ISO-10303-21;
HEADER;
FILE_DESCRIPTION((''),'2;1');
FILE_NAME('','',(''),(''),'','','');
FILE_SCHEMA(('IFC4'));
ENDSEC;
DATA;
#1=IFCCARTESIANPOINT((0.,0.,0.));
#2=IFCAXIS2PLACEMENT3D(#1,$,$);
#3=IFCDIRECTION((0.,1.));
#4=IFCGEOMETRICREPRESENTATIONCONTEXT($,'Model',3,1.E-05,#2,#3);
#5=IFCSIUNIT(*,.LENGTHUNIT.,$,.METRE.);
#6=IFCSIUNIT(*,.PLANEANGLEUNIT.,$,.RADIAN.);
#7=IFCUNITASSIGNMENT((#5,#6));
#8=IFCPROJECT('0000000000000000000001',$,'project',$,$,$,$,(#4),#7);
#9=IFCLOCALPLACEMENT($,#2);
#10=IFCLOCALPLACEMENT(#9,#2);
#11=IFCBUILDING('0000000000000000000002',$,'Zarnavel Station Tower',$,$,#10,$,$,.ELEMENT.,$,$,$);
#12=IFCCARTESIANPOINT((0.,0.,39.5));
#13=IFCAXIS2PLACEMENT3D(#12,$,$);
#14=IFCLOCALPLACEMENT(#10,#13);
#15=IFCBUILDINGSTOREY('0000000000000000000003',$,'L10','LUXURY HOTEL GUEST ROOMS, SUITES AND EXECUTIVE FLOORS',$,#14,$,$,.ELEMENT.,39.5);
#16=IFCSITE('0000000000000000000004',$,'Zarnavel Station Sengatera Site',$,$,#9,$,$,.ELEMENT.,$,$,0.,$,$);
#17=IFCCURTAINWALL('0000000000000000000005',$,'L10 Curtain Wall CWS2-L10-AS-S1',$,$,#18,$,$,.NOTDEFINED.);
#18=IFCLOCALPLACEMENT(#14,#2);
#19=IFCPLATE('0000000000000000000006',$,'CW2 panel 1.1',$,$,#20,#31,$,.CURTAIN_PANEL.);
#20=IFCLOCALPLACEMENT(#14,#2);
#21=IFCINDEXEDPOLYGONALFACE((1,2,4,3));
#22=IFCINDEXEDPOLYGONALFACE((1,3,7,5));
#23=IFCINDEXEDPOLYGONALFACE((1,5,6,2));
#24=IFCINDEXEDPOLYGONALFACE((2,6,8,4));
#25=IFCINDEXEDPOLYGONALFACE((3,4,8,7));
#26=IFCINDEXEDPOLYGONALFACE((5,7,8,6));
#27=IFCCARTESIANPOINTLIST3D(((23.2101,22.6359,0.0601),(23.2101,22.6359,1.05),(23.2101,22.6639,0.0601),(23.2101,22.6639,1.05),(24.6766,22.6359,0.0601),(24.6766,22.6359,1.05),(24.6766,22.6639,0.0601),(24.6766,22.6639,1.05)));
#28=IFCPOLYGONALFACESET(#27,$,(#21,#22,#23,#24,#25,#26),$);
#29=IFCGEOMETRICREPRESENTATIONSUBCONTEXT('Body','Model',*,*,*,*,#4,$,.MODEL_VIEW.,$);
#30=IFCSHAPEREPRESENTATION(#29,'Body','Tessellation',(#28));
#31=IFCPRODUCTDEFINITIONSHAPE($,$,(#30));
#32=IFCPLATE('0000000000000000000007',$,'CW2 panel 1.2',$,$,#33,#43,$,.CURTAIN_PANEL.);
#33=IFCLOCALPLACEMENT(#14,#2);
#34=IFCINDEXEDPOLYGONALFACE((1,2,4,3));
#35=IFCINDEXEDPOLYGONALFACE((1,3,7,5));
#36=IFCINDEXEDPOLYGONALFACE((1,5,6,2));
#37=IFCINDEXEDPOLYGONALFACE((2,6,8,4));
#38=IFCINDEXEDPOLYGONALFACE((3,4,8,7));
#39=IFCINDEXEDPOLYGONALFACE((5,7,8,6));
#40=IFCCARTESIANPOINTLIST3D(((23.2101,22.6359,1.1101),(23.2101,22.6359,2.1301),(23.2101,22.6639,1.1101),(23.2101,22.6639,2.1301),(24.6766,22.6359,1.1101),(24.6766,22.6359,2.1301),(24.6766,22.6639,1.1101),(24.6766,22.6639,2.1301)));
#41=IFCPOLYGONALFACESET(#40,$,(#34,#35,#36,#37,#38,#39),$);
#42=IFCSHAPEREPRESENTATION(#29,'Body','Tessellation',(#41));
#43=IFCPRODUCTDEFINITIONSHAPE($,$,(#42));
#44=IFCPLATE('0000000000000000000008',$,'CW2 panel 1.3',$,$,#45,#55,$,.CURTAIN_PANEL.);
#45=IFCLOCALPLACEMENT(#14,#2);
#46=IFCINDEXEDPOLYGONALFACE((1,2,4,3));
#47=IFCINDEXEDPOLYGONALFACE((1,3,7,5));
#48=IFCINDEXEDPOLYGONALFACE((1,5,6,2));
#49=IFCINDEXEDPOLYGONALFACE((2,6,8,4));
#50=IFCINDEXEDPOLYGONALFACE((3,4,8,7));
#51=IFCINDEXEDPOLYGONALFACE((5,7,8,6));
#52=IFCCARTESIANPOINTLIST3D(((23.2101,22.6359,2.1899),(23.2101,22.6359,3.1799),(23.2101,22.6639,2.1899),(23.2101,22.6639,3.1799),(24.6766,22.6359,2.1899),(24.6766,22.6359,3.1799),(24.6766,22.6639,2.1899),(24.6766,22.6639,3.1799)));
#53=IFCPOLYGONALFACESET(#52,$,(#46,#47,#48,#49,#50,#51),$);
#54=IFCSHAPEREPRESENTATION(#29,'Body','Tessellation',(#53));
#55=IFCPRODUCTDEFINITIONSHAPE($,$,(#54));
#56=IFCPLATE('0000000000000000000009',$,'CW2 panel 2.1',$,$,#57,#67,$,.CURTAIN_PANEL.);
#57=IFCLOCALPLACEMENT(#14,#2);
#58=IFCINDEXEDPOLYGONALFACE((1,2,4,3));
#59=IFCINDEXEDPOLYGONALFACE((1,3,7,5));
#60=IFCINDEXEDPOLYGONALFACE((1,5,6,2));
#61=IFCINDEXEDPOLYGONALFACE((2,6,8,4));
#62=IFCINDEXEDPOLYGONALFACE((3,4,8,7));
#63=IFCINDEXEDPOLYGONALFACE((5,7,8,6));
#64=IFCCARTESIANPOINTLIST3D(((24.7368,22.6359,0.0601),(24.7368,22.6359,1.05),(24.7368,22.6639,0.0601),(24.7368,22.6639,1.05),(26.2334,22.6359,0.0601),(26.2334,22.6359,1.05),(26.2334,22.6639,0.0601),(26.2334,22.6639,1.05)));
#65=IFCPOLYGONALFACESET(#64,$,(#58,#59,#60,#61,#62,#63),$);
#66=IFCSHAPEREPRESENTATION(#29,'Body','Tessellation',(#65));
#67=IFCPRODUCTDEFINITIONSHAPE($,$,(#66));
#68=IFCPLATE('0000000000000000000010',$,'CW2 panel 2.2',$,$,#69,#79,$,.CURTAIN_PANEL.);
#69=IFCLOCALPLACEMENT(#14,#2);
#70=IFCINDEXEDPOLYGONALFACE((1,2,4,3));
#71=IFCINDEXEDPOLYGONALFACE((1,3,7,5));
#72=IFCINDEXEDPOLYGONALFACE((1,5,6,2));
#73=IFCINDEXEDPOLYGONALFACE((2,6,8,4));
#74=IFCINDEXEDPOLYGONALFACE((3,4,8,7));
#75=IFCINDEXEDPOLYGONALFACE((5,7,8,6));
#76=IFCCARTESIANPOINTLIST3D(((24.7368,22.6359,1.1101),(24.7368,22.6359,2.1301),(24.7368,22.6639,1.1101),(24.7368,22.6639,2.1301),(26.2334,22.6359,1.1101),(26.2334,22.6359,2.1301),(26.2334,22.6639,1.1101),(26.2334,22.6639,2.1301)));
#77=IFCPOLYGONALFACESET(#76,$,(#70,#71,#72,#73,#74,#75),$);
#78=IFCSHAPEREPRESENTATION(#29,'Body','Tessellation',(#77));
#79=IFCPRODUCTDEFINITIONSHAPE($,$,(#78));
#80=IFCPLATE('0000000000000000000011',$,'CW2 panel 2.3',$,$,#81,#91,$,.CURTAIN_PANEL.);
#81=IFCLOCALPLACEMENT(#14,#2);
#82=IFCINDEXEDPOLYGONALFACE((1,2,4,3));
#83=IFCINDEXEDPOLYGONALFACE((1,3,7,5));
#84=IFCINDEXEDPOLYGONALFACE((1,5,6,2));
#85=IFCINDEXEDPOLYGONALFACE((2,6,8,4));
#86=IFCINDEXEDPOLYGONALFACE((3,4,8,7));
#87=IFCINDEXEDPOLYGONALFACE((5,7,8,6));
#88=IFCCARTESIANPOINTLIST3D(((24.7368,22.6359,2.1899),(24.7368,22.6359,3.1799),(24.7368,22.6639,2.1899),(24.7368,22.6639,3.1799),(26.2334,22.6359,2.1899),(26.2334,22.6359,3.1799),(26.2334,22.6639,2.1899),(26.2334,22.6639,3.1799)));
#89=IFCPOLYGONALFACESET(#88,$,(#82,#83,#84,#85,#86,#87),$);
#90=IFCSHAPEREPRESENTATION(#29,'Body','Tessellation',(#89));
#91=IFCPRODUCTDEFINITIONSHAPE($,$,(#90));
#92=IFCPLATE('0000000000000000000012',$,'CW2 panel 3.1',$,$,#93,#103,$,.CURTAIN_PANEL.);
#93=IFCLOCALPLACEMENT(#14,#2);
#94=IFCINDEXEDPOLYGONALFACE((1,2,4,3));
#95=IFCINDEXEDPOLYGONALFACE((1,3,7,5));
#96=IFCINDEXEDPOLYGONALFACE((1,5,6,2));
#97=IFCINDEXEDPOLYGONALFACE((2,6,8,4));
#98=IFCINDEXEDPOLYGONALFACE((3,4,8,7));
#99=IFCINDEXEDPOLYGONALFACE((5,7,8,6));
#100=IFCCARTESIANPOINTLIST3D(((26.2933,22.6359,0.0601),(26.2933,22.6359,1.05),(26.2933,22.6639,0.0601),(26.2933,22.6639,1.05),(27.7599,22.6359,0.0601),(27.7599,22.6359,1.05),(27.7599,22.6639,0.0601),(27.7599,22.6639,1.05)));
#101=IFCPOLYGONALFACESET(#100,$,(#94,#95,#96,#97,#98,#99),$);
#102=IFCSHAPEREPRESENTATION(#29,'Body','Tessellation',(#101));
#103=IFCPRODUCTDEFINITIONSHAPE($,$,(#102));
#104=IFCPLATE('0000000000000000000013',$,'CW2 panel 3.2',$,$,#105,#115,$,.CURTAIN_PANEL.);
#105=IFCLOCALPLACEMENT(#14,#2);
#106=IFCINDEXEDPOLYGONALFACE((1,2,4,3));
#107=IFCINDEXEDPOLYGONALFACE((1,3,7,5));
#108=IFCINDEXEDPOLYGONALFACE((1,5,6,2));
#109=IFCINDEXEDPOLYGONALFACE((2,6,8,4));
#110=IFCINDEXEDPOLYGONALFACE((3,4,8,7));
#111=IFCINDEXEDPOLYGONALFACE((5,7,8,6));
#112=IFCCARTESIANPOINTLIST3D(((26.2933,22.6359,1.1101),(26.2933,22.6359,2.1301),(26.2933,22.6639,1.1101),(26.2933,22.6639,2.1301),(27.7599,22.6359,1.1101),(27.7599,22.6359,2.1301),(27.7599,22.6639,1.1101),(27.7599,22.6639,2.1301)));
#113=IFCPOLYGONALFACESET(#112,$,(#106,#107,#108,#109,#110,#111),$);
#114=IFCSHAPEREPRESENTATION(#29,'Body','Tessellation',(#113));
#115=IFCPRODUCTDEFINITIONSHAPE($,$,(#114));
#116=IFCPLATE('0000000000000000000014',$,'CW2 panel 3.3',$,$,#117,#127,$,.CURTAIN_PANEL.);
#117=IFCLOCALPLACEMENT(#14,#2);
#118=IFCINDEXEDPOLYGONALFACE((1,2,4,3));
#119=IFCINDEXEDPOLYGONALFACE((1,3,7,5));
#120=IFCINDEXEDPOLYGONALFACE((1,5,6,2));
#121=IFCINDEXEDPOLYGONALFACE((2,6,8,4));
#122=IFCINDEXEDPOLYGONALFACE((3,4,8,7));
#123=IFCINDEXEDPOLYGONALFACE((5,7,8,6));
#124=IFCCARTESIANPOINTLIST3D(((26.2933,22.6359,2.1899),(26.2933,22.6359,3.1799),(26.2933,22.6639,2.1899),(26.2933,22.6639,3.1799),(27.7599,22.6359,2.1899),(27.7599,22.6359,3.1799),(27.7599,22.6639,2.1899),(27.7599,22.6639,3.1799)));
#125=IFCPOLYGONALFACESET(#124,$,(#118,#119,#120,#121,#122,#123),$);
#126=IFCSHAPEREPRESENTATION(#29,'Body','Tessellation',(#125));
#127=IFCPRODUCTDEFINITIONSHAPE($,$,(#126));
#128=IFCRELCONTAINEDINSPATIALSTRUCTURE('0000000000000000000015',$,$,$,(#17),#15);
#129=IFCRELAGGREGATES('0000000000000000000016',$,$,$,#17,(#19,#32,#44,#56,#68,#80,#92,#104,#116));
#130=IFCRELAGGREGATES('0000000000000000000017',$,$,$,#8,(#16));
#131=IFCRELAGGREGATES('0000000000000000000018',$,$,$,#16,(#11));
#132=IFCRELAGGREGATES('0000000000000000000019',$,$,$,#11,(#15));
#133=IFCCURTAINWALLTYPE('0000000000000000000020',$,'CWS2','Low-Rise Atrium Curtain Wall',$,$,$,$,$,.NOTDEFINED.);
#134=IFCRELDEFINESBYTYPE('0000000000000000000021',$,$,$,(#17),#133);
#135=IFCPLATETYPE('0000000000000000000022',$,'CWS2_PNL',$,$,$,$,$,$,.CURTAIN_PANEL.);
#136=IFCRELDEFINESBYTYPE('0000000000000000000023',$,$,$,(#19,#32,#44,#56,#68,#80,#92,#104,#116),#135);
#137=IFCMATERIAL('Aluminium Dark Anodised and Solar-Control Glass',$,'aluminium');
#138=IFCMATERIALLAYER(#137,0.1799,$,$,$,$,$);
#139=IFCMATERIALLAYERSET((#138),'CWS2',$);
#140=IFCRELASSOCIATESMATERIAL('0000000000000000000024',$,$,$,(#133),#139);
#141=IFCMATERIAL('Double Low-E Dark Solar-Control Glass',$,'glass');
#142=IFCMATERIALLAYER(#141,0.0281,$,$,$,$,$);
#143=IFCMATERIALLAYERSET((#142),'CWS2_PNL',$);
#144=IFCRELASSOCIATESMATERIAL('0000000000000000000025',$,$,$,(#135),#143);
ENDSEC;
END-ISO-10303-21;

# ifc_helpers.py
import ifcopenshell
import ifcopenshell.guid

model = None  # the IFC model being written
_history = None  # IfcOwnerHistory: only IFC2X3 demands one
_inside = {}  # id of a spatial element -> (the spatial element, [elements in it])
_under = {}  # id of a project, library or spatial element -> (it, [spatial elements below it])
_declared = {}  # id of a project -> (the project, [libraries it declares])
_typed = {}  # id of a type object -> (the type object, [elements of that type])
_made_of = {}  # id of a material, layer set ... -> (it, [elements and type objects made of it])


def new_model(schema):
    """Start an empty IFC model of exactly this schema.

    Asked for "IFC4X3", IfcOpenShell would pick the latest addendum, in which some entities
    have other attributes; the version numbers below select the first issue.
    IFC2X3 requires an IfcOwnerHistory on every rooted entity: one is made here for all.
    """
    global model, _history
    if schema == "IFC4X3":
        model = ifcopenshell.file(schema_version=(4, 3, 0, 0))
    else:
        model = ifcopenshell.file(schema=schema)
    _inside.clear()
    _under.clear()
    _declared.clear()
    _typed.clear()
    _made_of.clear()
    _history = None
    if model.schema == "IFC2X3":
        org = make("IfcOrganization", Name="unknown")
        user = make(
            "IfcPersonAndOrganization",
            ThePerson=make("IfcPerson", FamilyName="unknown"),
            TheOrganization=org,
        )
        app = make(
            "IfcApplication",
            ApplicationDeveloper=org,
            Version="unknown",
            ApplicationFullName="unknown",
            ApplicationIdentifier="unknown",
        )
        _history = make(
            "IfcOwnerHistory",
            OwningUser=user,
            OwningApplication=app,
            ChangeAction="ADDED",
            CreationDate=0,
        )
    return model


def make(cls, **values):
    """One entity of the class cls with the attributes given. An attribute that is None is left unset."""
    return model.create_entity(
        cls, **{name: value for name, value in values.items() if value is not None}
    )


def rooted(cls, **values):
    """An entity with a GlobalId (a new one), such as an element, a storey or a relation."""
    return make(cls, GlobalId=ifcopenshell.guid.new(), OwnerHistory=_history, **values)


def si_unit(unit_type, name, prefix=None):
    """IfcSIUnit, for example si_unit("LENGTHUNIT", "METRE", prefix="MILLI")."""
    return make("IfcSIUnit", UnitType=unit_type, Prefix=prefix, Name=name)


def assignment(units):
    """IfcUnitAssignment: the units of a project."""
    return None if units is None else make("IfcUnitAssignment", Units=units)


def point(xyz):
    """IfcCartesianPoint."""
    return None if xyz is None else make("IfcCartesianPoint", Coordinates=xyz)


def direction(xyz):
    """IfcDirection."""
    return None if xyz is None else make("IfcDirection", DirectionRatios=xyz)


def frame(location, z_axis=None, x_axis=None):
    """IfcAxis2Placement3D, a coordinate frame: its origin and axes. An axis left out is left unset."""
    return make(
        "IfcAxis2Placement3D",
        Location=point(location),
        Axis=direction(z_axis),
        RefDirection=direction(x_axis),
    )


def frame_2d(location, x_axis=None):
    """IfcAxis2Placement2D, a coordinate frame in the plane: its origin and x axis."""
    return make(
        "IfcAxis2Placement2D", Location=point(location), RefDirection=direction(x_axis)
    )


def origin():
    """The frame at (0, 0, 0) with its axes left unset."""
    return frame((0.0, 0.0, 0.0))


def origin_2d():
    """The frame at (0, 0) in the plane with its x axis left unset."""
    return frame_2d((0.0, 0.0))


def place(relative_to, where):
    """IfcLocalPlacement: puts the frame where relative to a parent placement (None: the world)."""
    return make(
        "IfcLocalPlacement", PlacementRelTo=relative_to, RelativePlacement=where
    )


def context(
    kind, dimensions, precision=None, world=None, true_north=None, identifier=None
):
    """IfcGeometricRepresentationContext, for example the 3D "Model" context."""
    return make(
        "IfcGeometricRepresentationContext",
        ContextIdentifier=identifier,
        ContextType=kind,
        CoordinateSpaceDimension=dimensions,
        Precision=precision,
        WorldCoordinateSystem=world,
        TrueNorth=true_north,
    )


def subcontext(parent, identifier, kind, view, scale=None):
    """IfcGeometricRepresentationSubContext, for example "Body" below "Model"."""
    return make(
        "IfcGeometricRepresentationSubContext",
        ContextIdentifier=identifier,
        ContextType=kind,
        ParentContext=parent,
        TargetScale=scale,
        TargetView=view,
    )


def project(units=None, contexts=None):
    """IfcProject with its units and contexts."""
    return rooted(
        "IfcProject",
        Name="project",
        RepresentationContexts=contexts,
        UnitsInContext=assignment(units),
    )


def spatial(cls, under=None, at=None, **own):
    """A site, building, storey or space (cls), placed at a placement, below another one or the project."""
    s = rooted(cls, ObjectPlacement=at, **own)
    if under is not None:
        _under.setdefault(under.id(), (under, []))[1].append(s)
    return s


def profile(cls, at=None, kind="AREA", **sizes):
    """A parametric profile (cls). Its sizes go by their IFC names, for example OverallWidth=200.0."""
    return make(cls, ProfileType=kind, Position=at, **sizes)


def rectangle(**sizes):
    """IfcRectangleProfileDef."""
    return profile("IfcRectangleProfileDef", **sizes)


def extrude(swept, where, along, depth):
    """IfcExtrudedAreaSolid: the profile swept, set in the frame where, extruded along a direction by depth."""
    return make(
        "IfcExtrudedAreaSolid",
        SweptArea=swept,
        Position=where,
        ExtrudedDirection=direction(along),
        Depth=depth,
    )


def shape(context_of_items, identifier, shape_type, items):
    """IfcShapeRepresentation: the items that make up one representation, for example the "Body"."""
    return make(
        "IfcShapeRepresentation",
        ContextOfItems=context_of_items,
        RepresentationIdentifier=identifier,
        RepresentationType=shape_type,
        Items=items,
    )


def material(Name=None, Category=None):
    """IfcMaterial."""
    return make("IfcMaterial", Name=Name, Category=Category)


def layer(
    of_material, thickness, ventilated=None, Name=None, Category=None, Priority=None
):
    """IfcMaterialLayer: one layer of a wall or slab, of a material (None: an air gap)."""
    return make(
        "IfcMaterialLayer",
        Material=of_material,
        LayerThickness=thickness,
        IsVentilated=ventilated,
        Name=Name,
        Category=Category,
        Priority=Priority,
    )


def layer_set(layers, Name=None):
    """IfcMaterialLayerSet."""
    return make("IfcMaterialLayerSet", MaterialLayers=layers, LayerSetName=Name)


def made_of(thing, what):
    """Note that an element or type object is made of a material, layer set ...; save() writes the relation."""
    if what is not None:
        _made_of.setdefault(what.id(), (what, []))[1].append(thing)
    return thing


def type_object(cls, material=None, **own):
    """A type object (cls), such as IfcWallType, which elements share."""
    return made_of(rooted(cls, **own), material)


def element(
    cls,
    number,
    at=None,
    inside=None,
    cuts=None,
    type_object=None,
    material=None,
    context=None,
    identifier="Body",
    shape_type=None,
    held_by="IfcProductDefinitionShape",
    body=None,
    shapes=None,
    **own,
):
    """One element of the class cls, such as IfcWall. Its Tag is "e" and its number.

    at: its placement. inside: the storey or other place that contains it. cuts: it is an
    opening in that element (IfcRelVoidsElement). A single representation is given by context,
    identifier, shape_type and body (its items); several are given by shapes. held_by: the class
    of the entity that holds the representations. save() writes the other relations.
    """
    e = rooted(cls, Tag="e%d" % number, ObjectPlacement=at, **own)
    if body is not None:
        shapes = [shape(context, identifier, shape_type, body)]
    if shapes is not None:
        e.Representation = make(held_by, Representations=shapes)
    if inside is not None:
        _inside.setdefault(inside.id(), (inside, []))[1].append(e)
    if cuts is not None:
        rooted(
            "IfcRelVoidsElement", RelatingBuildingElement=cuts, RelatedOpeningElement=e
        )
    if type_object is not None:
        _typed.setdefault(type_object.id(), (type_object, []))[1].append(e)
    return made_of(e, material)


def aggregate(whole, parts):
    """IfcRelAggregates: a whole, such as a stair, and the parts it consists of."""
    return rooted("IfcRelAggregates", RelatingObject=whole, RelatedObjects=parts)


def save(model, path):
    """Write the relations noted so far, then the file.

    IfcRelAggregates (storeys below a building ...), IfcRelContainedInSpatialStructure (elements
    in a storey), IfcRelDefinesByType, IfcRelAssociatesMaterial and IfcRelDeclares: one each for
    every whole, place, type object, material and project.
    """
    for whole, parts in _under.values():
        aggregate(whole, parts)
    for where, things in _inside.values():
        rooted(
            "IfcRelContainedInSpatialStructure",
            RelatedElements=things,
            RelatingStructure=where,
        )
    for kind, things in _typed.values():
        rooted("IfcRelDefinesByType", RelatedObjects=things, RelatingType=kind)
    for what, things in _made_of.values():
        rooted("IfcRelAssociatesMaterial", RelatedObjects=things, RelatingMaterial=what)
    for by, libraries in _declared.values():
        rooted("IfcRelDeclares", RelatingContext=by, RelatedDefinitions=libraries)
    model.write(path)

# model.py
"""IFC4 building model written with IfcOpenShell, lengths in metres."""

from ifc_helpers import new_model, si_unit, direction, frame, origin, origin_2d, place, context, subcontext, project, spatial, rectangle, extrude, material, layer, layer_set, type_object, element, aggregate, save


model = new_model("IFC4")

# Units and contexts
model_context = context("Model", 3, precision=1e-05, world=origin(), true_north=direction((0.0, 1.0)))
body_context = subcontext(model_context, "Body", "Model", "MODEL_VIEW")
ifc_project = project(units=[si_unit("LENGTHUNIT", "METRE"), si_unit("PLANEANGLEUNIT", "RADIAN")], contexts=[model_context])

# Site, building, storey
site_placement = place(None, origin())
site = spatial("IfcSite", under=ifc_project, at=site_placement, Name="Zarnavel Station Sengatera Site", CompositionType="ELEMENT", RefElevation=0.0)
building_placement = place(site_placement, origin())
building = spatial("IfcBuilding", under=site, at=building_placement, Name="Zarnavel Station Tower", CompositionType="ELEMENT")
storey_placement = place(building_placement, frame((0.0, 0.0, 39.5)))
storey = spatial("IfcBuildingStorey", under=building, at=storey_placement, Name="L10", Description="LUXURY HOTEL GUEST ROOMS, SUITES AND EXECUTIVE FLOORS", CompositionType="ELEMENT", Elevation=39.5)

# Curtain wall, plates
ifc_material_1 = material(Name="Aluminium Dark Anodised and Solar-Control Glass", Category="aluminium")
ifc_layer_1 = layer(ifc_material_1, 0.1799)
ifc_layer_set_1 = layer_set([ifc_layer_1], Name="CWS2")
curtain_wall_type = type_object("IfcCurtainWallType", Name="CWS2", Description="Low-Rise Atrium Curtain Wall", PredefinedType="NOTDEFINED", material=ifc_layer_set_1)
curtain_wall_placement = place(storey_placement, origin())
curtain_wall = element("IfcCurtainWall", 1, at=curtain_wall_placement, inside=storey, type_object=curtain_wall_type, Name="L10 Curtain Wall CWS2-L10-AS-S1", PredefinedType="NOTDEFINED")
ifc_material_2 = material(Name="Double Low-E Dark Solar-Control Glass", Category="glass")
ifc_layer_2 = layer(ifc_material_2, 0.0281)
ifc_layer_set_2 = layer_set([ifc_layer_2], Name="CWS2_PNL")
plate_type = type_object("IfcPlateType", Name="CWS2_PNL", PredefinedType="CURTAIN_PANEL", material=ifc_layer_set_2)
plate_1_placement = place(storey_placement, frame((23.9434, 22.6499, 0.0601), z_axis=(0.0, 0.0, 1.0), x_axis=(1.0, 0.0, 0.0)))
plate_1 = element("IfcPlate", 2, at=plate_1_placement, type_object=plate_type, Name="CW2 panel 1.1", PredefinedType="CURTAIN_PANEL", context=body_context, shape_type="SweptSolid", body=[
    extrude(rectangle(XDim=1.4666, YDim=0.0281, at=origin_2d()), origin(), (0.0, 0.0, 1.0), 0.99),
])
plate_2_placement = place(storey_placement, frame((23.9434, 22.6499, 1.1101), z_axis=(0.0, 0.0, 1.0), x_axis=(1.0, 0.0, 0.0)))
plate_2 = element("IfcPlate", 3, at=plate_2_placement, type_object=plate_type, Name="CW2 panel 1.2", PredefinedType="CURTAIN_PANEL", context=body_context, shape_type="SweptSolid", body=[
    extrude(rectangle(XDim=1.4666, YDim=0.0281, at=origin_2d()), origin(), (0.0, 0.0, 1.0), 1.02),
])
plate_3_placement = place(storey_placement, frame((23.9434, 22.6499, 2.1899), z_axis=(0.0, 0.0, 1.0), x_axis=(1.0, 0.0, 0.0)))
plate_3 = element("IfcPlate", 4, at=plate_3_placement, type_object=plate_type, Name="CW2 panel 1.3", PredefinedType="CURTAIN_PANEL", context=body_context, shape_type="SweptSolid", body=[
    extrude(rectangle(XDim=1.4666, YDim=0.0281, at=origin_2d()), origin(), (0.0, 0.0, 1.0), 0.99),
])
plate_4_placement = place(storey_placement, frame((25.4851, 22.6499, 0.0601), z_axis=(0.0, 0.0, 1.0), x_axis=(1.0, 0.0, 0.0)))
plate_4 = element("IfcPlate", 5, at=plate_4_placement, type_object=plate_type, Name="CW2 panel 2.1", PredefinedType="CURTAIN_PANEL", context=body_context, shape_type="SweptSolid", body=[
    extrude(rectangle(XDim=1.4966, YDim=0.0281, at=origin_2d()), origin(), (0.0, 0.0, 1.0), 0.99),
])
plate_5_placement = place(storey_placement, frame((25.4851, 22.6499, 1.1101), z_axis=(0.0, 0.0, 1.0), x_axis=(1.0, 0.0, 0.0)))
plate_5 = element("IfcPlate", 6, at=plate_5_placement, type_object=plate_type, Name="CW2 panel 2.2", PredefinedType="CURTAIN_PANEL", context=body_context, shape_type="SweptSolid", body=[
    extrude(rectangle(XDim=1.4966, YDim=0.0281, at=origin_2d()), origin(), (0.0, 0.0, 1.0), 1.02),
])
plate_6_placement = place(storey_placement, frame((25.4851, 22.6499, 2.1899), z_axis=(0.0, 0.0, 1.0), x_axis=(1.0, 0.0, 0.0)))
plate_6 = element("IfcPlate", 7, at=plate_6_placement, type_object=plate_type, Name="CW2 panel 2.3", PredefinedType="CURTAIN_PANEL", context=body_context, shape_type="SweptSolid", body=[
    extrude(rectangle(XDim=1.4966, YDim=0.0281, at=origin_2d()), origin(), (0.0, 0.0, 1.0), 0.99),
])
plate_7_placement = place(storey_placement, frame((27.0266, 22.6499, 0.0601), z_axis=(0.0, 0.0, 1.0), x_axis=(1.0, 0.0, 0.0)))
plate_7 = element("IfcPlate", 8, at=plate_7_placement, type_object=plate_type, Name="CW2 panel 3.1", PredefinedType="CURTAIN_PANEL", context=body_context, shape_type="SweptSolid", body=[
    extrude(rectangle(XDim=1.4666, YDim=0.0281, at=origin_2d()), origin(), (0.0, 0.0, 1.0), 0.99),
])
plate_8_placement = place(storey_placement, frame((27.0266, 22.6499, 1.1101), z_axis=(0.0, 0.0, 1.0), x_axis=(1.0, 0.0, 0.0)))
plate_8 = element("IfcPlate", 9, at=plate_8_placement, type_object=plate_type, Name="CW2 panel 3.2", PredefinedType="CURTAIN_PANEL", context=body_context, shape_type="SweptSolid", body=[
    extrude(rectangle(XDim=1.4666, YDim=0.0281, at=origin_2d()), origin(), (0.0, 0.0, 1.0), 1.02),
])
plate_9_placement = place(storey_placement, frame((27.0266, 22.6499, 2.1899), z_axis=(0.0, 0.0, 1.0), x_axis=(1.0, 0.0, 0.0)))
plate_9 = element("IfcPlate", 10, at=plate_9_placement, type_object=plate_type, Name="CW2 panel 3.3", PredefinedType="CURTAIN_PANEL", context=body_context, shape_type="SweptSolid", body=[
    extrude(rectangle(XDim=1.4666, YDim=0.0281, at=origin_2d()), origin(), (0.0, 0.0, 1.0), 0.99),
])
aggregate(curtain_wall, [plate_1, plate_2, plate_3, plate_4, plate_5, plate_6, plate_7, plate_8, plate_9])

save(model, "model.ifc")
